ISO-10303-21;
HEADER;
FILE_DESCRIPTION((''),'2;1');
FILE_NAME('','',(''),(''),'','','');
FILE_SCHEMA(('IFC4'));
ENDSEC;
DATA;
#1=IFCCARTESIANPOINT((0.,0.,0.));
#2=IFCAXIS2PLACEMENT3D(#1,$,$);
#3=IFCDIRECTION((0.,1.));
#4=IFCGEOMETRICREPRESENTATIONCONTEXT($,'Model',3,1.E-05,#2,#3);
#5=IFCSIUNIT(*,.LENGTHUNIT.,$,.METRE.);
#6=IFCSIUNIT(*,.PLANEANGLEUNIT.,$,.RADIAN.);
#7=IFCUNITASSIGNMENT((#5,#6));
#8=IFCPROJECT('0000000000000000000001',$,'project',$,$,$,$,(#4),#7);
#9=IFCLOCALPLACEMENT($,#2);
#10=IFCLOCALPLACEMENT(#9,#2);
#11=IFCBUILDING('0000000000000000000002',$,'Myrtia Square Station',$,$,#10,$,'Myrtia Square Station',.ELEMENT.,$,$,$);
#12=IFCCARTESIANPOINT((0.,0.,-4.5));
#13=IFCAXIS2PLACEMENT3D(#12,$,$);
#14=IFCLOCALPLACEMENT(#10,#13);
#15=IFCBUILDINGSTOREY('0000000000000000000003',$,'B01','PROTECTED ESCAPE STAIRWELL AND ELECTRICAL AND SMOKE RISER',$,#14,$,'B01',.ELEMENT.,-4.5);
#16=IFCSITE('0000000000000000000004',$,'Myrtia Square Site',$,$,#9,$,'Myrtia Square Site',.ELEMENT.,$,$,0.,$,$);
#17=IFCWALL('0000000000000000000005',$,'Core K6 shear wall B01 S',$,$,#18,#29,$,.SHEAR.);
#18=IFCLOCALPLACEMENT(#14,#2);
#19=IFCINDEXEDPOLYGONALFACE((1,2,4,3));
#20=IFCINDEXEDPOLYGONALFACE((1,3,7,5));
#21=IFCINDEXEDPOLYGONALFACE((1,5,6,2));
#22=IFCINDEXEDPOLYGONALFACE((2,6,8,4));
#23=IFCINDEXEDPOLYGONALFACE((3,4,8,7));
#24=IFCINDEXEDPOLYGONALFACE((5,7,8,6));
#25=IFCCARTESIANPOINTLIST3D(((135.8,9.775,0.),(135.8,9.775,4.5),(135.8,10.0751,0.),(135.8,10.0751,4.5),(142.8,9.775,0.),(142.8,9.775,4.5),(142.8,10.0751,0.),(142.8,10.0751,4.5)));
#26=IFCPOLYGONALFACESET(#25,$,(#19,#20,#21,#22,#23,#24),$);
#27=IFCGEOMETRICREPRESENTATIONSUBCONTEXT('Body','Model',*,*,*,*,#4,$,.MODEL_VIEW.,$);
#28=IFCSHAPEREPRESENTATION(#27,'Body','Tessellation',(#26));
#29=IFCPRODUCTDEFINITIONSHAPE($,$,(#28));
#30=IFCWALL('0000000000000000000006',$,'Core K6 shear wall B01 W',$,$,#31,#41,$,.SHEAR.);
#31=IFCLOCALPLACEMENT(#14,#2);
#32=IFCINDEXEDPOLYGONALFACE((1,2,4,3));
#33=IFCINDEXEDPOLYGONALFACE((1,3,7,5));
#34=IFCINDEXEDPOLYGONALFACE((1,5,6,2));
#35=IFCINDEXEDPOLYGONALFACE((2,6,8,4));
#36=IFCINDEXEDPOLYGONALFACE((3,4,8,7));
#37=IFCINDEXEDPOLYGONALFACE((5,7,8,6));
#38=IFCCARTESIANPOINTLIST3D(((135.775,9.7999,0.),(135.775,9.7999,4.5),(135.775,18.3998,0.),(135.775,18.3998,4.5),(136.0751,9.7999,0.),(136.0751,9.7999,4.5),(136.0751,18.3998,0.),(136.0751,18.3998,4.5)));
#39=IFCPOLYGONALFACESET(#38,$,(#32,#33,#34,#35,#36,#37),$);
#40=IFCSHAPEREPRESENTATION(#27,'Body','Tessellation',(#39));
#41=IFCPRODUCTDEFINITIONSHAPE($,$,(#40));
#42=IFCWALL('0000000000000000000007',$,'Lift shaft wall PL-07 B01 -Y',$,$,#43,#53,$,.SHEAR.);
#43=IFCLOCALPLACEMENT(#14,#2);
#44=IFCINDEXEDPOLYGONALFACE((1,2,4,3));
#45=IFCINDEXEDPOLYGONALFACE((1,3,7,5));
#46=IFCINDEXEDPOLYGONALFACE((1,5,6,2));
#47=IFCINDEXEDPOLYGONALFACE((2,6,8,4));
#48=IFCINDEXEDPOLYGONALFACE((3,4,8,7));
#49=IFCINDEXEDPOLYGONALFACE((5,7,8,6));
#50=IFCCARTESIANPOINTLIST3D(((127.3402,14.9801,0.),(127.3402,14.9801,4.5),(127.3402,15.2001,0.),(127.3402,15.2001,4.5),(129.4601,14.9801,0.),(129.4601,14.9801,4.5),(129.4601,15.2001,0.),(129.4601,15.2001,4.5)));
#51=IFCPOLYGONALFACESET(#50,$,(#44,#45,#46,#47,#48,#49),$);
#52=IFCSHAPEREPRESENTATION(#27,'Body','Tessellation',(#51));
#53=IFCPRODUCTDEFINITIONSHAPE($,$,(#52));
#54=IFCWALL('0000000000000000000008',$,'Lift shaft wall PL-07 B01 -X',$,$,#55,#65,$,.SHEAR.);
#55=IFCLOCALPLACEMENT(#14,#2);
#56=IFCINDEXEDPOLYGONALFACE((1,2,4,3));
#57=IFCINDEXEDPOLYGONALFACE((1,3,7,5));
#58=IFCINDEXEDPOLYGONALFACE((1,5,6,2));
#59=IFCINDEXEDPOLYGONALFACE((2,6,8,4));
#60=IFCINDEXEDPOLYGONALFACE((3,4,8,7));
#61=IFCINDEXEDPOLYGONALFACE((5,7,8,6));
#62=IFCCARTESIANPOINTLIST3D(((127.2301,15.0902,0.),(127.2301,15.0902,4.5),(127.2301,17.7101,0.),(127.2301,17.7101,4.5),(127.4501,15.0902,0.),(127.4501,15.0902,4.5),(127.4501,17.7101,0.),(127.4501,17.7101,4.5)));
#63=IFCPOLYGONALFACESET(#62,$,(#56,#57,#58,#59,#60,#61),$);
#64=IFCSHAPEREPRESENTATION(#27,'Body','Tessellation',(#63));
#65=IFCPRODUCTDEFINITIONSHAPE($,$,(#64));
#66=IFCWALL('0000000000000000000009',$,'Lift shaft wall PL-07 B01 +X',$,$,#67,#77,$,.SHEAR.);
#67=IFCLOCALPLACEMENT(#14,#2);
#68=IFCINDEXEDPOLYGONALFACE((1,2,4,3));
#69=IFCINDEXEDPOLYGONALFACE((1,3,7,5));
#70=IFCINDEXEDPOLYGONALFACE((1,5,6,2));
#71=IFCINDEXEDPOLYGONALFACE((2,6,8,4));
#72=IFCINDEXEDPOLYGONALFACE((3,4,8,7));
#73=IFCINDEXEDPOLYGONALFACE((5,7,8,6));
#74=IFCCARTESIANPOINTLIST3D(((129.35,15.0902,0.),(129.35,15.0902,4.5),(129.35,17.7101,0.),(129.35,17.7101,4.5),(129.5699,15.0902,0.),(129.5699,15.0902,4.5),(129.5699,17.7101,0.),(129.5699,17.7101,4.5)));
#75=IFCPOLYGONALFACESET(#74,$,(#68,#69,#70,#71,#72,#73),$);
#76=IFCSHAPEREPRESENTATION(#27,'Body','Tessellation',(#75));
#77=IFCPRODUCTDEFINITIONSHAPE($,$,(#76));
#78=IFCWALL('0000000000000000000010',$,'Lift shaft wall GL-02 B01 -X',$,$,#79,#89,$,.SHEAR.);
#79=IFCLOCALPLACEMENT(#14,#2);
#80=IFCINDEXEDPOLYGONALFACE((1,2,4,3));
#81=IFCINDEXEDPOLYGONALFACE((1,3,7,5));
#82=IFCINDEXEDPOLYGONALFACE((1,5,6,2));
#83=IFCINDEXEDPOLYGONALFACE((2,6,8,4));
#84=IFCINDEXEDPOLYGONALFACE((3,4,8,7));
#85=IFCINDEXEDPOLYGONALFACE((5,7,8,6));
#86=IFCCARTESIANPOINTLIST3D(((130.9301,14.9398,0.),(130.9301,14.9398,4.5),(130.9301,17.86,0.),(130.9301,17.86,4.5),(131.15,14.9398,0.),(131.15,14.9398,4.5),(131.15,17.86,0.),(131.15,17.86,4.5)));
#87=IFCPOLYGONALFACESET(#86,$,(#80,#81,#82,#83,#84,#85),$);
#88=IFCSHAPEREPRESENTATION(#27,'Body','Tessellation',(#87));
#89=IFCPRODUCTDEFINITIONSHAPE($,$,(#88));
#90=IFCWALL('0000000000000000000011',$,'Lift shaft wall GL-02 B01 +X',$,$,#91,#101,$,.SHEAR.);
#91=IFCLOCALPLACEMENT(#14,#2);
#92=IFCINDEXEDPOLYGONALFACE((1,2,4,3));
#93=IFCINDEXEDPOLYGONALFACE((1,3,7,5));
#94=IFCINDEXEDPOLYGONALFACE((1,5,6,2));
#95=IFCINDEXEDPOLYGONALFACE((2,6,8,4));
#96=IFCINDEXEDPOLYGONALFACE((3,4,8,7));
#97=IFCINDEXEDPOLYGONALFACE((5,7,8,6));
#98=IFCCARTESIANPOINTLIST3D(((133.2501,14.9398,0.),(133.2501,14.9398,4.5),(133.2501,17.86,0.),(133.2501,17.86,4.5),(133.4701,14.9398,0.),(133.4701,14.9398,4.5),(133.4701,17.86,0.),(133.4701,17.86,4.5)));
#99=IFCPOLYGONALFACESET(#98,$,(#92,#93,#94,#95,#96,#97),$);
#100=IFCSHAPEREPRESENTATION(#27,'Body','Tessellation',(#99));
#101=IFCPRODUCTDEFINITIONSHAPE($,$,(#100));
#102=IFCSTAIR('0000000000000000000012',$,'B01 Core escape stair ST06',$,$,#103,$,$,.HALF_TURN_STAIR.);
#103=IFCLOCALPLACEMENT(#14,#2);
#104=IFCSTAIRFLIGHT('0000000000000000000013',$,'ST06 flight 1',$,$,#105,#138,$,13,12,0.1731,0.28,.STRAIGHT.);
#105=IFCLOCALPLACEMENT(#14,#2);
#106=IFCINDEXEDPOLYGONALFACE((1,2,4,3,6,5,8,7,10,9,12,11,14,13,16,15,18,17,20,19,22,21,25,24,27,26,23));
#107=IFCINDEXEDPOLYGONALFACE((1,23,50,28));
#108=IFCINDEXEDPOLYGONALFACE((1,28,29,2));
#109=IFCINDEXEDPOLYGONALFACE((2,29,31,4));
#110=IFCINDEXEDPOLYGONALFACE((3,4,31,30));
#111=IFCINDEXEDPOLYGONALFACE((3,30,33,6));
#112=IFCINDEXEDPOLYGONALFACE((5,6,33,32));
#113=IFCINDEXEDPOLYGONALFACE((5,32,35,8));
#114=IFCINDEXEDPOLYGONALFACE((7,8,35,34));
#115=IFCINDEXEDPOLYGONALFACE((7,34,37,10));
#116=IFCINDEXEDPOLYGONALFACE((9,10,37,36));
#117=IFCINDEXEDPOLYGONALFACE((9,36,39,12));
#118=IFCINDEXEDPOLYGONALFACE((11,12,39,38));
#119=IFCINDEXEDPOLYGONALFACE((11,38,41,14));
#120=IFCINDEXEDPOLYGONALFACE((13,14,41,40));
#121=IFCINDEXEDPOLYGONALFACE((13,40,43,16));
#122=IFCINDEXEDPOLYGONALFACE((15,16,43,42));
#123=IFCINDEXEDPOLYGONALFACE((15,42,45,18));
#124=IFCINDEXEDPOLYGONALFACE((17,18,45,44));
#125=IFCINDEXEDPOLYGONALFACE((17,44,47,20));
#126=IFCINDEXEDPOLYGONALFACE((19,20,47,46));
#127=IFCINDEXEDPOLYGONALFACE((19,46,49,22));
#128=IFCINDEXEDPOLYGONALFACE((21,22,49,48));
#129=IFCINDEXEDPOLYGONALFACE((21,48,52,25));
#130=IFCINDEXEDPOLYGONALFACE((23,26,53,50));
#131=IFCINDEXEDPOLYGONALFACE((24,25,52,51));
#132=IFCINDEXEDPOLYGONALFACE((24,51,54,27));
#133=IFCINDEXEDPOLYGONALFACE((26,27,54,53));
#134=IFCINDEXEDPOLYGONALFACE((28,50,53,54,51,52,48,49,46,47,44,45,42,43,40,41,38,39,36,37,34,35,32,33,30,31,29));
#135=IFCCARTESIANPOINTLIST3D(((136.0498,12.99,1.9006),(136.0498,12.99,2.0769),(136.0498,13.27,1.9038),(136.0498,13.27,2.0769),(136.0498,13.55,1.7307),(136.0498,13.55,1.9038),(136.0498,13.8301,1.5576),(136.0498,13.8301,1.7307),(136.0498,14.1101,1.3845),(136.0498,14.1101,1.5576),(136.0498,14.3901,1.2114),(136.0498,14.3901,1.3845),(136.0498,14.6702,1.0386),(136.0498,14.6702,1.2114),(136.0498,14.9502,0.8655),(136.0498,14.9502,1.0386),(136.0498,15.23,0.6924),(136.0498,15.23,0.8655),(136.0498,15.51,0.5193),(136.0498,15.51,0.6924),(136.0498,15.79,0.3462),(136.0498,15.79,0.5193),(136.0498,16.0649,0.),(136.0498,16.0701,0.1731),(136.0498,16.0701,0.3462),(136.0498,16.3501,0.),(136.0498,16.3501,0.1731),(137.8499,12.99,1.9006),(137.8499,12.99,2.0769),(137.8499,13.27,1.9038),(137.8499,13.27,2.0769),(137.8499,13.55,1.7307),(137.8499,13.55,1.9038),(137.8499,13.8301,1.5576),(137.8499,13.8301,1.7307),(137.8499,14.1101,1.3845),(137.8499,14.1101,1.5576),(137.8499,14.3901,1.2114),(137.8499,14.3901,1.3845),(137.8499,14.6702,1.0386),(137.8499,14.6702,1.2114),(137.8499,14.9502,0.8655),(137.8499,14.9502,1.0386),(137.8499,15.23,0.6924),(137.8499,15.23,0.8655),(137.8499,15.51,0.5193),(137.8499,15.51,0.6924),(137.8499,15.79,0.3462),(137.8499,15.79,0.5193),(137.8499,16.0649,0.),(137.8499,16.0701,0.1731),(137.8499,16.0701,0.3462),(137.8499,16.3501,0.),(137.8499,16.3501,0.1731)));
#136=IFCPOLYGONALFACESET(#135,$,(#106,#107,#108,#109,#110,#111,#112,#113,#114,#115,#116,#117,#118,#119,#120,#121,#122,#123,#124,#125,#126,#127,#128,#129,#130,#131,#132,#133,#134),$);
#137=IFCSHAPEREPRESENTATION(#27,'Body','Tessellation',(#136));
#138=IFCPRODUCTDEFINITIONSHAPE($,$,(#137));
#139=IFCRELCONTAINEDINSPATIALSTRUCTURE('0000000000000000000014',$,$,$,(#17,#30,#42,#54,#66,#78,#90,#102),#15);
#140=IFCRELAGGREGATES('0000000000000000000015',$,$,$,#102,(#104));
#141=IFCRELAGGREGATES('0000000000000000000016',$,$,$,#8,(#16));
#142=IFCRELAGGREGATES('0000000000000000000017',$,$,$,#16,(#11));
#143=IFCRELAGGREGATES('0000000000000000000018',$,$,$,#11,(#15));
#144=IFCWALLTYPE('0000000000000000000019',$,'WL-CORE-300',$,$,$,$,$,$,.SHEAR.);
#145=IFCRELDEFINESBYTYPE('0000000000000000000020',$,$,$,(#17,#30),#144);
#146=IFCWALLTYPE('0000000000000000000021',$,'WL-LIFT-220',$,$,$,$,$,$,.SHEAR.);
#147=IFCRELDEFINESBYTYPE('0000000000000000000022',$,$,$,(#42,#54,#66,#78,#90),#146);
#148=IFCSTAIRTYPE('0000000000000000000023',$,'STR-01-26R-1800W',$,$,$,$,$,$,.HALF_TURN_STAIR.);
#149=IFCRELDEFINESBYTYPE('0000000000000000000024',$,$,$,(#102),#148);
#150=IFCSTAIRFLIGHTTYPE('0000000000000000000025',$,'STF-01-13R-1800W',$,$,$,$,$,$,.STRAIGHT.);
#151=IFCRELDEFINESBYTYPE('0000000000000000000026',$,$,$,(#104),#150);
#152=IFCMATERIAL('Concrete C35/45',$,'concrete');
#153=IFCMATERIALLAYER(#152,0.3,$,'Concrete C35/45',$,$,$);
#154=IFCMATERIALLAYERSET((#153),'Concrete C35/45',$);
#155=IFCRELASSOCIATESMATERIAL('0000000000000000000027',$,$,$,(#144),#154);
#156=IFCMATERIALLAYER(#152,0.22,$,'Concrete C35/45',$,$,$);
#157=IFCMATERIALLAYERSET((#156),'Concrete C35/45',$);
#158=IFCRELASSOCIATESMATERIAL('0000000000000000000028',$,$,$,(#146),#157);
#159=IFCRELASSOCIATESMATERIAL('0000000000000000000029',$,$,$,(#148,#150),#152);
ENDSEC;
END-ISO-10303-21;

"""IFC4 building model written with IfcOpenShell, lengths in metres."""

from ifc_helpers import new_model, si_unit, direction, frame, frame_2d, origin, place, context, subcontext, project, spatial, polyline, rectangle, outline, extrude, material, layer, layer_set, type_object, element, aggregate, save


model = new_model("IFC4")

# Units and contexts
model_context = context("Model", 3, precision=1e-05, world=origin(), true_north=direction((0.0, 1.0)))
body_context = subcontext(model_context, "Body", "Model", "MODEL_VIEW")
ifc_project = project(units=[si_unit("LENGTHUNIT", "METRE"), si_unit("PLANEANGLEUNIT", "RADIAN")], contexts=[model_context])

# Site, building, storey
site_placement = place(None, origin())
site = spatial("IfcSite", under=ifc_project, at=site_placement, Name="Myrtia Square Site", LongName="Myrtia Square Site", CompositionType="ELEMENT", RefElevation=0.0)
building_placement = place(site_placement, origin())
building = spatial("IfcBuilding", under=site, at=building_placement, Name="Myrtia Square Station", LongName="Myrtia Square Station", CompositionType="ELEMENT")
storey_placement = place(building_placement, frame((0.0, 0.0, -4.5)))
storey = spatial("IfcBuildingStorey", under=building, at=storey_placement, Name="B01", Description="PROTECTED ESCAPE STAIRWELL AND ELECTRICAL AND SMOKE RISER", LongName="B01", CompositionType="ELEMENT", Elevation=-4.5)

# Shared definitions
ifc_material_1 = material(Name="Concrete C35/45", Category="concrete")

# Walls
ifc_layer_1 = layer(ifc_material_1, 0.3, Name="Concrete C35/45")
ifc_layer_set_1 = layer_set([ifc_layer_1], Name="Concrete C35/45")
wall_type_1 = type_object("IfcWallType", Name="WL-CORE-300", PredefinedType="SHEAR", material=ifc_layer_set_1)
wall_1_placement = place(storey_placement, frame((135.8, 9.925, 0.0), z_axis=(0.0, 0.0, 1.0), x_axis=(1.0, 0.0, 0.0)))
element("IfcWall", 1, at=wall_1_placement, inside=storey, type_object=wall_type_1, Name="Core K6 shear wall B01 S", PredefinedType="SHEAR", context=body_context, shape_type="SweptSolid", body=[
    extrude(rectangle(XDim=7.0, YDim=0.3, at=frame_2d((3.5, 0.0))), origin(), (0.0, 0.0, 1.0), 4.5),
])
wall_2_placement = place(storey_placement, frame((135.925, 9.8, 0.0), z_axis=(0.0, 0.0, 1.0), x_axis=(0.0, 1.0, 0.0)))
element("IfcWall", 2, at=wall_2_placement, inside=storey, type_object=wall_type_1, Name="Core K6 shear wall B01 W", PredefinedType="SHEAR", context=body_context, shape_type="SweptSolid", body=[
    extrude(rectangle(XDim=8.5999, YDim=0.3, at=frame_2d((4.2998, 0.0))), origin(), (0.0, 0.0, 1.0), 4.5),
])
ifc_layer_2 = layer(ifc_material_1, 0.22, Name="Concrete C35/45")
ifc_layer_set_2 = layer_set([ifc_layer_2], Name="Concrete C35/45")
wall_type_2 = type_object("IfcWallType", Name="WL-LIFT-220", PredefinedType="SHEAR", material=ifc_layer_set_2)
wall_3_placement = place(storey_placement, frame((127.3401, 15.0901, 0.0), z_axis=(0.0, 0.0, 1.0), x_axis=(1.0, 0.0, 0.0)))
element("IfcWall", 3, at=wall_3_placement, inside=storey, type_object=wall_type_2, Name="Lift shaft wall PL-07 B01 -Y", PredefinedType="SHEAR", context=body_context, shape_type="SweptSolid", body=[
    extrude(rectangle(XDim=2.1199, YDim=0.22, at=frame_2d((1.0601, 0.0))), origin(), (0.0, 0.0, 1.0), 4.5),
])
for number, where, z_axis, x_axis, name in (
    (4, (127.3401, 15.0901, 0.0), (0.0, 0.0, 1.0), (0.0, 1.0, 0.0), "Lift shaft wall PL-07 B01 -X"),
    (5, (129.46, 15.0901, 0.0), (0.0, 0.0, 1.0), (0.0, 1.0, 0.0), "Lift shaft wall PL-07 B01 +X"),
):
    element("IfcWall", number, at=place(storey_placement, frame(where, z_axis=z_axis, x_axis=x_axis)), inside=storey, type_object=wall_type_2, Name=name, PredefinedType="SHEAR", context=body_context, shape_type="SweptSolid", body=[
        extrude(rectangle(XDim=2.6199, YDim=0.22, at=frame_2d((1.3101, 0.0))), origin(), (0.0, 0.0, 1.0), 4.5),
    ])
for number, where, z_axis, x_axis, name in (
    (6, (131.04, 14.9399, 0.0), (0.0, 0.0, 1.0), (0.0, 1.0, 0.0), "Lift shaft wall GL-02 B01 -X"),
    (7, (133.3601, 14.9399, 0.0), (0.0, 0.0, 1.0), (0.0, 1.0, 0.0), "Lift shaft wall GL-02 B01 +X"),
):
    element("IfcWall", number, at=place(storey_placement, frame(where, z_axis=z_axis, x_axis=x_axis)), inside=storey, type_object=wall_type_2, Name=name, PredefinedType="SHEAR", context=body_context, shape_type="SweptSolid", body=[
        extrude(rectangle(XDim=2.9202, YDim=0.22, at=frame_2d((1.46, 0.0))), origin(), (0.0, 0.0, 1.0), 4.5),
    ])

# Stair, stair flight
stair_type = type_object("IfcStairType", Name="STR-01-26R-1800W", PredefinedType="HALF_TURN_STAIR", material=ifc_material_1)
stair_placement = place(storey_placement, origin())
stair = element("IfcStair", 8, at=stair_placement, inside=storey, type_object=stair_type, Name="B01 Core escape stair ST06", PredefinedType="HALF_TURN_STAIR")
stair_flight_type = type_object("IfcStairFlightType", Name="STF-01-13R-1800W", PredefinedType="STRAIGHT", material=ifc_material_1)
stair_flight_placement = place(storey_placement, frame((136.95, 16.3501, 0.0), z_axis=(0.0, 0.0, 1.0), x_axis=(0.0, -1.0, 0.0)))
stair_flight = element("IfcStairFlight", 9, at=stair_flight_placement, type_object=stair_flight_type, Name="ST06 flight 1", NumberOfRisers=13, NumberOfTreads=12, PredefinedType="STRAIGHT", RiserHeight=0.1731, TreadLength=0.28, context=body_context, shape_type="SweptSolid", body=[
    extrude(outline(polyline([(0.0, 0.0), (0.0, 0.1731), (0.28, 0.1731), (0.28, 0.3462), (0.5601, 0.3462), (0.5601, 0.5193), (0.8401, 0.5193), (0.8401, 0.6924), (1.1201, 0.6924), (1.1201, 0.8655), (1.3999, 0.8655), (1.3999, 1.0386), (1.6799, 1.0386), (1.6799, 1.2114), (1.96, 1.2114), (1.96, 1.3845), (2.24, 1.3845), (2.24, 1.5576), (2.52, 1.5576), (2.52, 1.7307), (2.8, 1.7307), (2.8, 1.9038), (3.0801, 1.9038), (3.0801, 2.0769), (3.3601, 2.0769), (3.3601, 2.25), (3.3601, 1.9006), (0.2852, 0.0), (0.0, 0.0)])), frame((0.0, 0.8999, 0.0), z_axis=(0.0, -1.0, 0.0), x_axis=(1.0, 0.0, 0.0)), (0.0, 0.0, 1.0), 1.8),
])
aggregate(stair, [stair_flight])

save(model, "model.ifc")
